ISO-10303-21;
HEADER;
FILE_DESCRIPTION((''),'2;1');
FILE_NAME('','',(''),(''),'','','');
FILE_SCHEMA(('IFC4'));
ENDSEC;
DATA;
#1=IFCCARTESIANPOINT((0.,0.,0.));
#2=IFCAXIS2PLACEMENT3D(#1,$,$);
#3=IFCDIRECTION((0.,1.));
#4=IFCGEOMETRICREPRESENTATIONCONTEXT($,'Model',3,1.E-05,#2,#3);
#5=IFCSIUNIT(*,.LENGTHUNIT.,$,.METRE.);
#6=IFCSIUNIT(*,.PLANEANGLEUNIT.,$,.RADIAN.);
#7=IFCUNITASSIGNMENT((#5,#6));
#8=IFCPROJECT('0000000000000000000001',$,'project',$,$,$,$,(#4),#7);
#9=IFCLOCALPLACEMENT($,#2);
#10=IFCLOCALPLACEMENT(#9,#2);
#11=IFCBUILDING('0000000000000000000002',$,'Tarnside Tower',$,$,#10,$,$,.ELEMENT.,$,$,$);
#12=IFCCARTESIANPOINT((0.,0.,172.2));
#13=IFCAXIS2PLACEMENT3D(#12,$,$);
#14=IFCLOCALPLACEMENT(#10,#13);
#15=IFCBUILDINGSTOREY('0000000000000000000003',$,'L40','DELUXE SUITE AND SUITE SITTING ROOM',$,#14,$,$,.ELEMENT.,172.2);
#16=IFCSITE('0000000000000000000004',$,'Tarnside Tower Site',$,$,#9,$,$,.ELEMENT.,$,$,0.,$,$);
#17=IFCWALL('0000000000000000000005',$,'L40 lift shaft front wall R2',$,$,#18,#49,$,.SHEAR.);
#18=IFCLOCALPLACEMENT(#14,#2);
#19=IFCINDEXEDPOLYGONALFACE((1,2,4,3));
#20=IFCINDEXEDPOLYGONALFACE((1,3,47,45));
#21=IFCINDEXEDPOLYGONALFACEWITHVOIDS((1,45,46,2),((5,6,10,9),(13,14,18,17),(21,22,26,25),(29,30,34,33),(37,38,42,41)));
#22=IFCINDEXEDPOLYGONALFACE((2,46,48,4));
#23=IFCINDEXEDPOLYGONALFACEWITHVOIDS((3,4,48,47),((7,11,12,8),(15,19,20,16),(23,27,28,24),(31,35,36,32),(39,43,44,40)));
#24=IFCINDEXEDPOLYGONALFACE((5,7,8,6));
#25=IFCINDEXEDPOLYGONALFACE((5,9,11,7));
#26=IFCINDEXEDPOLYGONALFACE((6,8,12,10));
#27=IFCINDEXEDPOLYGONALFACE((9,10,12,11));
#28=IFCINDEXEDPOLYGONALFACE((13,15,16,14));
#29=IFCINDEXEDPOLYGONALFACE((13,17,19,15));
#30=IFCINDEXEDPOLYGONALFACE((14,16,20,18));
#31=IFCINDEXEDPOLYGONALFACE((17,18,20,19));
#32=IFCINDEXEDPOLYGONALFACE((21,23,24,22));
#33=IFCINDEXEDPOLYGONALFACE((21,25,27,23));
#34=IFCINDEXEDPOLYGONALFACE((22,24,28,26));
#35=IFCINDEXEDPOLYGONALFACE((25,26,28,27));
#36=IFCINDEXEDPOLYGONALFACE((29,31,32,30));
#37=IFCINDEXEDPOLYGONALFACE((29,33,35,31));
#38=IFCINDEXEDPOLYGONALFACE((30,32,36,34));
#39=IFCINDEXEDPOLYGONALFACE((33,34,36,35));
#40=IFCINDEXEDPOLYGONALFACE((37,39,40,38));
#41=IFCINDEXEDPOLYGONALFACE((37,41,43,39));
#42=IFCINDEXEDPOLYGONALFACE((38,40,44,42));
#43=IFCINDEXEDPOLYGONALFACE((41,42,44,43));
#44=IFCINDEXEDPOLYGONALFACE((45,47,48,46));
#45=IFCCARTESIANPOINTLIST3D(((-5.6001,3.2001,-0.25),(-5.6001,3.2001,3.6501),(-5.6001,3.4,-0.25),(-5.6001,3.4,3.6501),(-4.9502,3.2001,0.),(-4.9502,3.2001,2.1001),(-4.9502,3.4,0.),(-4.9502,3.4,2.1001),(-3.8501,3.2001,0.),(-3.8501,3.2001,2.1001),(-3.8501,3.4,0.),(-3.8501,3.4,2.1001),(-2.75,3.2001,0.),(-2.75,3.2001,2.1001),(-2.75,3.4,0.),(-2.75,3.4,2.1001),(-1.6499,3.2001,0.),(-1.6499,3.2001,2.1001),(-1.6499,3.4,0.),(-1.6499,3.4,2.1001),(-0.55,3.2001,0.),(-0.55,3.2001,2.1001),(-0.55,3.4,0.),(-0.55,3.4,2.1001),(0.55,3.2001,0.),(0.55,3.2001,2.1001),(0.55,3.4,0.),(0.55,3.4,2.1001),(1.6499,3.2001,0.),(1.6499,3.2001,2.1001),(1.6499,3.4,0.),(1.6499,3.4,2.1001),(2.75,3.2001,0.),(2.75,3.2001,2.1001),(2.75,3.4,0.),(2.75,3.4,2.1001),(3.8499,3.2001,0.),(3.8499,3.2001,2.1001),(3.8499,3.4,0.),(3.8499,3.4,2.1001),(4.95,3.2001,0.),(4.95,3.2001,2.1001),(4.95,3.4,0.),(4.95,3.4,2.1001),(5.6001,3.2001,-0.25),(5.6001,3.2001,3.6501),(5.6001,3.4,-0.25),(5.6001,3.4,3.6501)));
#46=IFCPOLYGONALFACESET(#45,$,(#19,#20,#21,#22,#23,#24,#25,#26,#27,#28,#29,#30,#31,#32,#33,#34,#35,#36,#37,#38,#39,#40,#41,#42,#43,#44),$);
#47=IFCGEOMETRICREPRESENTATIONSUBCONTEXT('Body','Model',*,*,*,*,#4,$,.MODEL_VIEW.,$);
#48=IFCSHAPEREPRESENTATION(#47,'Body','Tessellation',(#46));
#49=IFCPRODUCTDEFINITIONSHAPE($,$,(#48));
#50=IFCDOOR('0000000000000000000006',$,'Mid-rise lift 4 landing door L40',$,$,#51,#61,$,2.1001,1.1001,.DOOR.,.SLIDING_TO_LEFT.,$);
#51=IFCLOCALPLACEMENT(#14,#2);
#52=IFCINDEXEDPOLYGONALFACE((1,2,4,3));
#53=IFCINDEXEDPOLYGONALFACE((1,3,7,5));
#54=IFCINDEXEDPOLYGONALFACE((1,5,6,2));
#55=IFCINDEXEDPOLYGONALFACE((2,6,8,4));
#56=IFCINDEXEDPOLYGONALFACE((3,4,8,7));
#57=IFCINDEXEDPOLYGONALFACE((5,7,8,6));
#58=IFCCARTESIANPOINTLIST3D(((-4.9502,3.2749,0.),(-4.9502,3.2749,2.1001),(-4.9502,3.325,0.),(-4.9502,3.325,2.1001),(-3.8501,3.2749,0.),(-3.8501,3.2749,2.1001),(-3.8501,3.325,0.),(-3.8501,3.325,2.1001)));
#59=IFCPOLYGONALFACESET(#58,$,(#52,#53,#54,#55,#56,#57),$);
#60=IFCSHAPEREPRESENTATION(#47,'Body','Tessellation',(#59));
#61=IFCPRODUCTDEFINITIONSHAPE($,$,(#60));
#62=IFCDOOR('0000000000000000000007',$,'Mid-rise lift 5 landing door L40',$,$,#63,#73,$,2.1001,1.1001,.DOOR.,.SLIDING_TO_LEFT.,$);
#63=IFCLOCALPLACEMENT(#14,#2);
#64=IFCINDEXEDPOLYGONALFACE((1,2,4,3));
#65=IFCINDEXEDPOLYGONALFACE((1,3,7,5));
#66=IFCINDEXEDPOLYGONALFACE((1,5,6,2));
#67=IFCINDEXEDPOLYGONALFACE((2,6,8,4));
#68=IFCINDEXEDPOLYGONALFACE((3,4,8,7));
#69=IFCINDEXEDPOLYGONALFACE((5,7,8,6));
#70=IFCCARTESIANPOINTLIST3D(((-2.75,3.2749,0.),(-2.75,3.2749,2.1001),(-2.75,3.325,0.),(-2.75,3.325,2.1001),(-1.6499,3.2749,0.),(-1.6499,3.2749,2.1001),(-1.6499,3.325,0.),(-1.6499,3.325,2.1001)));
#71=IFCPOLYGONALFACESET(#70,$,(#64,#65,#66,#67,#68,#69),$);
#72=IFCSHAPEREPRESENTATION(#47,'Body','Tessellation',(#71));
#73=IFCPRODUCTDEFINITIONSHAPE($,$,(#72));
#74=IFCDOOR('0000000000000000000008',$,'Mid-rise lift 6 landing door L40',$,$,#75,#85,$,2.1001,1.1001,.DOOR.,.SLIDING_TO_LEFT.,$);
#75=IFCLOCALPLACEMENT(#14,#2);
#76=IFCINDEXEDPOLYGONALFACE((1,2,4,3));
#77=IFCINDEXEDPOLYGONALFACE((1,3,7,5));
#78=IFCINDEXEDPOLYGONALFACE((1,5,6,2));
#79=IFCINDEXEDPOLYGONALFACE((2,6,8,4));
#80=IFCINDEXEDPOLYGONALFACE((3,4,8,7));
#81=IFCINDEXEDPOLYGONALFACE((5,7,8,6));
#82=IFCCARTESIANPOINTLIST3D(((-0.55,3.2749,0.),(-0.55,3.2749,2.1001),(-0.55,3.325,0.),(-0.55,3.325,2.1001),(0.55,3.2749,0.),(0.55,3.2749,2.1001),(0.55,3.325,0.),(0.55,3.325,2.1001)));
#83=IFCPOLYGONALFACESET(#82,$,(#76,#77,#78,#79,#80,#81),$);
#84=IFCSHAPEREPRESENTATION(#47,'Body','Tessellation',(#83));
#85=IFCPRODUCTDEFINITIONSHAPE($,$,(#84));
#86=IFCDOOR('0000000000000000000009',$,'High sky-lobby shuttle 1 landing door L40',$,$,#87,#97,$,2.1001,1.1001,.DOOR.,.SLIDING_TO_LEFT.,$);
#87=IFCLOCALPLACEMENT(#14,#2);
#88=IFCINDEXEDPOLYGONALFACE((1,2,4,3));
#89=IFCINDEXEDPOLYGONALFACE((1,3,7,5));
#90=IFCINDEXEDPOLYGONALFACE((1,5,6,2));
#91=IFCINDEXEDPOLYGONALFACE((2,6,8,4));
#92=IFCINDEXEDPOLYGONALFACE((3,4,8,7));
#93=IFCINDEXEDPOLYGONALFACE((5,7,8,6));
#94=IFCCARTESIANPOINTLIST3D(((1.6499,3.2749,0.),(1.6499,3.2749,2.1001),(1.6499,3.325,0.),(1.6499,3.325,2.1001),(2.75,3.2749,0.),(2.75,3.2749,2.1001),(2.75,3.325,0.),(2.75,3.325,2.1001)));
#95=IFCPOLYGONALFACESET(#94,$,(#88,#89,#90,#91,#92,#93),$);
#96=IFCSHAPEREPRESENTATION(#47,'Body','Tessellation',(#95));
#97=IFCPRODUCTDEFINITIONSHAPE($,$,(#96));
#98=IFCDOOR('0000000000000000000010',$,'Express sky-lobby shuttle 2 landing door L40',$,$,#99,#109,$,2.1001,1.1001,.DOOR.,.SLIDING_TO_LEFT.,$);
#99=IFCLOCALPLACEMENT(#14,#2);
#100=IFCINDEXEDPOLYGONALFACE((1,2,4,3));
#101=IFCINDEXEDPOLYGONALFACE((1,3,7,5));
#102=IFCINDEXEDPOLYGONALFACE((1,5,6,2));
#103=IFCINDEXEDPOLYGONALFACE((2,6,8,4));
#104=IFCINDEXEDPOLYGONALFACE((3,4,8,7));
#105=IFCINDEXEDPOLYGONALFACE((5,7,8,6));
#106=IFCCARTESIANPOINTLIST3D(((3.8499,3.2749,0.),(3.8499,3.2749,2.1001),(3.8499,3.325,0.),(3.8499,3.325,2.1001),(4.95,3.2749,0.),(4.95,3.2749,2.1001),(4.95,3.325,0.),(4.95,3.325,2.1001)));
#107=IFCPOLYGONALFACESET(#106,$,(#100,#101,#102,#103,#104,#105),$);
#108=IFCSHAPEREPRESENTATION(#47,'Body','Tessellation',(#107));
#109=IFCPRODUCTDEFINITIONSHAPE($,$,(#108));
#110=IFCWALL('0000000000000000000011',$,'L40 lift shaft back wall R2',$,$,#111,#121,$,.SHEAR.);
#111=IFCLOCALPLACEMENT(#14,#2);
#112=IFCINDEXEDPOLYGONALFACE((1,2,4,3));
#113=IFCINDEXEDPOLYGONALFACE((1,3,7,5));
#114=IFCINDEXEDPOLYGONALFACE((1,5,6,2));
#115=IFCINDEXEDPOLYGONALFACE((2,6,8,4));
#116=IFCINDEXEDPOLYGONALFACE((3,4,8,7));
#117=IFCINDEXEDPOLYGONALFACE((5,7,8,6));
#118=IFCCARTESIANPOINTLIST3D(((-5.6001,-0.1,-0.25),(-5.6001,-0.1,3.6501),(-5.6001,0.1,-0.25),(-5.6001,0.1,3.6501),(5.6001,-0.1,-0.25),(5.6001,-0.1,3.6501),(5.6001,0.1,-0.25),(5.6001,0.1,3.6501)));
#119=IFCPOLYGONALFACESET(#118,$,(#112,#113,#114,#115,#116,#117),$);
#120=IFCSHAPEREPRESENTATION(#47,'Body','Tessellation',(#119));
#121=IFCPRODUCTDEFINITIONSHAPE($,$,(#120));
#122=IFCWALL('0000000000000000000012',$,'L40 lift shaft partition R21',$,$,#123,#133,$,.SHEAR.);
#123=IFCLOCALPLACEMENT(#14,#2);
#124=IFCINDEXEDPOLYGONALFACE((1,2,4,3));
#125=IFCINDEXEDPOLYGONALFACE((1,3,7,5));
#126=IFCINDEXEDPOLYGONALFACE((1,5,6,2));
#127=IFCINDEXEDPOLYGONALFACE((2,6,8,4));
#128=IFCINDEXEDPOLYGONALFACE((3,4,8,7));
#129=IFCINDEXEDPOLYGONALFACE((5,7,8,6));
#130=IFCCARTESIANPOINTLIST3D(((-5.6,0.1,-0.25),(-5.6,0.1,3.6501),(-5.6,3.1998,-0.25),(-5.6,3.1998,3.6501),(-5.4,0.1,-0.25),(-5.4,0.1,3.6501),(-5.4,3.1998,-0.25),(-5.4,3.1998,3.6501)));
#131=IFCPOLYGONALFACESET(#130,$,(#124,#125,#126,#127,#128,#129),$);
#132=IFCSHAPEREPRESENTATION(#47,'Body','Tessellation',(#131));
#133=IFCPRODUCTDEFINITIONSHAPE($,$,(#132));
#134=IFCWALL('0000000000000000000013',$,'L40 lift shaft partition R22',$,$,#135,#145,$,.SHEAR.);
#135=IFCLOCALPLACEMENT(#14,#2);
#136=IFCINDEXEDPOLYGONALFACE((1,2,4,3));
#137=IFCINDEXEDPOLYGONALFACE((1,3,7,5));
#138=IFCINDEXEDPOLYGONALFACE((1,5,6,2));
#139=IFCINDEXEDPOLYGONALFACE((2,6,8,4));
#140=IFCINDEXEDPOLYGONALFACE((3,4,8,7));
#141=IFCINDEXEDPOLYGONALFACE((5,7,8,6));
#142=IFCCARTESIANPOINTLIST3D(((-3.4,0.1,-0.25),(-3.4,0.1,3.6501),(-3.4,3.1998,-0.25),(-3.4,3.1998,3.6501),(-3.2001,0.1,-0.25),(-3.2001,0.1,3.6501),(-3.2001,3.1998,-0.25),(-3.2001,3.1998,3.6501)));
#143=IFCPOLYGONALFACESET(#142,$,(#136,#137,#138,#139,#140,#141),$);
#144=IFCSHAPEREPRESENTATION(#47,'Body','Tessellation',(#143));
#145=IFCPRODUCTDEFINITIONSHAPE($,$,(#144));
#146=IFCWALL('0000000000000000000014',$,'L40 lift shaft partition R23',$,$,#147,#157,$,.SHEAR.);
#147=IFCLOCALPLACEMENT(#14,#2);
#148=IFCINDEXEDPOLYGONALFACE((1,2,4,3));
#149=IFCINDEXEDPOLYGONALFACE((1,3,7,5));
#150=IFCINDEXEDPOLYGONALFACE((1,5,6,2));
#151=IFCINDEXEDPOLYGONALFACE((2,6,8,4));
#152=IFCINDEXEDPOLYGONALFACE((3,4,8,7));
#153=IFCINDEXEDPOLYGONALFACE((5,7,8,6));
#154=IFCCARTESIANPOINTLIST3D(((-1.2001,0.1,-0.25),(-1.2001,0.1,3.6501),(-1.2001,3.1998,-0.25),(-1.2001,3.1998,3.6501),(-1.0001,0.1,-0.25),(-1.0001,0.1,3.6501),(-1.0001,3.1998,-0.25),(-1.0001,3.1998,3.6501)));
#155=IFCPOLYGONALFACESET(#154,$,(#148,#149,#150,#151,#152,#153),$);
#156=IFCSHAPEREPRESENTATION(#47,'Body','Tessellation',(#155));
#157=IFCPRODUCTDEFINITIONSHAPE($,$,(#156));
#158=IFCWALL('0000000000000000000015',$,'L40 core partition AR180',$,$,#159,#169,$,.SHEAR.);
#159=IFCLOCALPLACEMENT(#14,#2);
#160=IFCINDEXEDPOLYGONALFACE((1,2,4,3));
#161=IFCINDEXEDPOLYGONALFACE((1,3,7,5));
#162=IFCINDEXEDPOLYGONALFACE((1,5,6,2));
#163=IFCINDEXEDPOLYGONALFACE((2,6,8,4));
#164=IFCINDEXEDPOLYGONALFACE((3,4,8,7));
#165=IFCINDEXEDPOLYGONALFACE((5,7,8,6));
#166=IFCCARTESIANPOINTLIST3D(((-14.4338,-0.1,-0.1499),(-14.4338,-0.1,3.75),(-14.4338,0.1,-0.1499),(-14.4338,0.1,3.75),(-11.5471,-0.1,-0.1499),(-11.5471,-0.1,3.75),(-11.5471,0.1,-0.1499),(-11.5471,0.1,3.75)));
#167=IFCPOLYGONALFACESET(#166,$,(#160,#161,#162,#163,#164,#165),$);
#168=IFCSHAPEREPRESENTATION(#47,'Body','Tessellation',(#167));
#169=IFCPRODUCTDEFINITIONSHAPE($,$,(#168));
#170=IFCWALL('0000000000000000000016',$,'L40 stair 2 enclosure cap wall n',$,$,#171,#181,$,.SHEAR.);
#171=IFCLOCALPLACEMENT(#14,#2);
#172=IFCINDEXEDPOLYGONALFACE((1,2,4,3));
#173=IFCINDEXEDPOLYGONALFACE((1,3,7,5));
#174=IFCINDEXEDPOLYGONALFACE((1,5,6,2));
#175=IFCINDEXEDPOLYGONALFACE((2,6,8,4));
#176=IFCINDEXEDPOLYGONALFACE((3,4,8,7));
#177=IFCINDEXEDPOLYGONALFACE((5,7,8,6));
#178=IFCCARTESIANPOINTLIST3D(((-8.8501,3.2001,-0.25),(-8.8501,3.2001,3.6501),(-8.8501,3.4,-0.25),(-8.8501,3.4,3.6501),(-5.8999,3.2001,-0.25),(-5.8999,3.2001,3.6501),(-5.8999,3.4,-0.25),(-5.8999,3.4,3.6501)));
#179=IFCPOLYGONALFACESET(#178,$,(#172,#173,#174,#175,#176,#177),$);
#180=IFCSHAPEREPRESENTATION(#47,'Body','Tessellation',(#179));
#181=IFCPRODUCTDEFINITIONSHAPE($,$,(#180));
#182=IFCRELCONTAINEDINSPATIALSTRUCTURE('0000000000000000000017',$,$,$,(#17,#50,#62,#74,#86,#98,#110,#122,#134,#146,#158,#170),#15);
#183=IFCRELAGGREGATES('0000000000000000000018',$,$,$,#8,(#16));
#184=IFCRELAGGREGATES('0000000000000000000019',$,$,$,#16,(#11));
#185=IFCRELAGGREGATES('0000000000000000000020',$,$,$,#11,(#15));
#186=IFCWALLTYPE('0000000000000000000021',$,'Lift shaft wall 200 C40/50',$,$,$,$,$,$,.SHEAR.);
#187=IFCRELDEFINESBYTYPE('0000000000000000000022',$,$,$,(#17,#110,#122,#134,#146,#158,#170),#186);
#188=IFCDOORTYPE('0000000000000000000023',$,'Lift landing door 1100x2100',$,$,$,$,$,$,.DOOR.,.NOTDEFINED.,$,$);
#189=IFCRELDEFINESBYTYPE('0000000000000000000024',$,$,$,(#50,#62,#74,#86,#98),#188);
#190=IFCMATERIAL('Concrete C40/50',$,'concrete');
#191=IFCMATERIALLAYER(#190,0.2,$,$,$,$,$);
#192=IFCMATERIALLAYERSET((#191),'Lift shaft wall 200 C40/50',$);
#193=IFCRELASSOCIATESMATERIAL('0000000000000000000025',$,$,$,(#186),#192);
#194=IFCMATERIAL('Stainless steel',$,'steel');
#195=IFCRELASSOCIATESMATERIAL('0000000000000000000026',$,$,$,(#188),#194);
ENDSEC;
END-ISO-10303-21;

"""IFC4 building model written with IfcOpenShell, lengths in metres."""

from ifc_helpers import new_model, si_unit, direction, frame, frame_2d, origin, place, context, subcontext, project, spatial, rectangle, extrude, material, layer, layer_set, type_object, element, fill, save


model = new_model("IFC4")

# Units and contexts
model_context = context("Model", 3, precision=1e-05, world=origin(), true_north=direction((0.0, 1.0)))
body_context = subcontext(model_context, "Body", "Model", "MODEL_VIEW")
ifc_project = project(units=[si_unit("LENGTHUNIT", "METRE"), si_unit("PLANEANGLEUNIT", "RADIAN")], contexts=[model_context])

# Site, building, storey
site_placement = place(None, origin())
site = spatial("IfcSite", under=ifc_project, at=site_placement, Name="Tarnside Tower Site", CompositionType="ELEMENT", RefElevation=0.0)
building_placement = place(site_placement, origin())
building = spatial("IfcBuilding", under=site, at=building_placement, Name="Tarnside Tower", CompositionType="ELEMENT")
storey_placement = place(building_placement, frame((0.0, 0.0, 172.2)))
storey = spatial("IfcBuildingStorey", under=building, at=storey_placement, Name="L40", Description="DELUXE SUITE AND SUITE SITTING ROOM", CompositionType="ELEMENT", Elevation=172.2)

# Shared definitions
ifc_material_1 = material(Name="Concrete C40/50", Category="concrete")

# Shared definitions
ifc_layer_1 = layer(ifc_material_1, 0.2)
ifc_layer_set_1 = layer_set([ifc_layer_1], Name="Lift shaft wall 200 C40/50")
wall_type_1 = type_object("IfcWallType", Name="Lift shaft wall 200 C40/50", PredefinedType="SHEAR", material=ifc_layer_set_1)
ifc_material_2 = material(Name="Stainless steel", Category="steel")
door_type_1 = type_object("IfcDoorType", Name="Lift landing door 1100x2100", OperationType="NOTDEFINED", PredefinedType="DOOR", material=ifc_material_2)

# Wall, openings, doors
wall_1_placement = place(storey_placement, frame((-5.6001, 3.3, -0.25), z_axis=(0.0, 0.0, 1.0), x_axis=(1.0, 0.0, 0.0)))
wall_1 = element("IfcWall", 1, at=wall_1_placement, inside=storey, type_object=wall_type_1, Name="L40 lift shaft front wall R2", PredefinedType="SHEAR", context=body_context, shape_type="SweptSolid", body=[
    extrude(rectangle(XDim=11.2002, YDim=0.2, at=frame_2d((5.6001, 0.0))), origin(), (0.0, 0.0, 1.0), 3.9001),
])
opening_1_placement = place(wall_1_placement, frame((0.6499, 0.0, 0.25)))
opening_1 = element("IfcOpeningElement", 2, at=opening_1_placement, cuts=wall_1, PredefinedType="OPENING", context=body_context, shape_type="SweptSolid", body=[
    extrude(rectangle(XDim=1.1001, YDim=2.1001, at=frame_2d((0.55, 1.05))), frame((0.0, 0.1099, 0.0), z_axis=(0.0, -1.0, 0.0), x_axis=(1.0, 0.0, 0.0)), (0.0, 0.0, 1.0), 0.22),
])
opening_2_placement = place(wall_1_placement, frame((2.8501, 0.0, 0.25)))
opening_2 = element("IfcOpeningElement", 3, at=opening_2_placement, cuts=wall_1, PredefinedType="OPENING", context=body_context, shape_type="SweptSolid", body=[
    extrude(rectangle(XDim=1.1001, YDim=2.1001, at=frame_2d((0.55, 1.05))), frame((0.0, 0.1099, 0.0), z_axis=(0.0, -1.0, 0.0), x_axis=(1.0, 0.0, 0.0)), (0.0, 0.0, 1.0), 0.22),
])
opening_3_placement = place(wall_1_placement, frame((5.05, 0.0, 0.25)))
opening_3 = element("IfcOpeningElement", 4, at=opening_3_placement, cuts=wall_1, PredefinedType="OPENING", context=body_context, shape_type="SweptSolid", body=[
    extrude(rectangle(XDim=1.1001, YDim=2.1001, at=frame_2d((0.55, 1.05))), frame((0.0, 0.1099, 0.0), z_axis=(0.0, -1.0, 0.0), x_axis=(1.0, 0.0, 0.0)), (0.0, 0.0, 1.0), 0.22),
])
opening_4_placement = place(wall_1_placement, frame((7.25, 0.0, 0.25)))
opening_4 = element("IfcOpeningElement", 5, at=opening_4_placement, cuts=wall_1, PredefinedType="OPENING", context=body_context, shape_type="SweptSolid", body=[
    extrude(rectangle(XDim=1.1001, YDim=2.1001, at=frame_2d((0.55, 1.05))), frame((0.0, 0.1099, 0.0), z_axis=(0.0, -1.0, 0.0), x_axis=(1.0, 0.0, 0.0)), (0.0, 0.0, 1.0), 0.22),
])
opening_5_placement = place(wall_1_placement, frame((9.45, 0.0, 0.25)))
opening_5 = element("IfcOpeningElement", 6, at=opening_5_placement, cuts=wall_1, PredefinedType="OPENING", context=body_context, shape_type="SweptSolid", body=[
    extrude(rectangle(XDim=1.1001, YDim=2.1001, at=frame_2d((0.55, 1.05))), frame((0.0, 0.1099, 0.0), z_axis=(0.0, -1.0, 0.0), x_axis=(1.0, 0.0, 0.0)), (0.0, 0.0, 1.0), 0.22),
])
door_1_placement = place(opening_1_placement, origin())
door_1 = element("IfcDoor", 7, at=door_1_placement, inside=storey, type_object=door_type_1, Name="Mid-rise lift 4 landing door L40", OperationType="SLIDING_TO_LEFT", OverallHeight=2.1001, OverallWidth=1.1001, PredefinedType="DOOR", context=body_context, shape_type="SweptSolid", body=[
    extrude(rectangle(XDim=1.1001, YDim=2.1001, at=frame_2d((0.55, 1.05))), frame((0.0, 0.0249, 0.0), z_axis=(0.0, -1.0, 0.0), x_axis=(1.0, 0.0, 0.0)), (0.0, 0.0, 1.0), 0.05),
])
fill(opening_1, door_1)
door_2_placement = place(opening_2_placement, origin())
door_2 = element("IfcDoor", 8, at=door_2_placement, inside=storey, type_object=door_type_1, Name="Mid-rise lift 5 landing door L40", OperationType="SLIDING_TO_LEFT", OverallHeight=2.1001, OverallWidth=1.1001, PredefinedType="DOOR", context=body_context, shape_type="SweptSolid", body=[
    extrude(rectangle(XDim=1.1001, YDim=2.1001, at=frame_2d((0.55, 1.05))), frame((0.0, 0.0249, 0.0), z_axis=(0.0, -1.0, 0.0), x_axis=(1.0, 0.0, 0.0)), (0.0, 0.0, 1.0), 0.05),
])
fill(opening_2, door_2)
door_3_placement = place(opening_3_placement, origin())
door_3 = element("IfcDoor", 9, at=door_3_placement, inside=storey, type_object=door_type_1, Name="Mid-rise lift 6 landing door L40", OperationType="SLIDING_TO_LEFT", OverallHeight=2.1001, OverallWidth=1.1001, PredefinedType="DOOR", context=body_context, shape_type="SweptSolid", body=[
    extrude(rectangle(XDim=1.1001, YDim=2.1001, at=frame_2d((0.55, 1.05))), frame((0.0, 0.0249, 0.0), z_axis=(0.0, -1.0, 0.0), x_axis=(1.0, 0.0, 0.0)), (0.0, 0.0, 1.0), 0.05),
])
fill(opening_3, door_3)
door_4_placement = place(opening_4_placement, origin())
door_4 = element("IfcDoor", 10, at=door_4_placement, inside=storey, type_object=door_type_1, Name="High sky-lobby shuttle 1 landing door L40", OperationType="SLIDING_TO_LEFT", OverallHeight=2.1001, OverallWidth=1.1001, PredefinedType="DOOR", context=body_context, shape_type="SweptSolid", body=[
    extrude(rectangle(XDim=1.1001, YDim=2.1001, at=frame_2d((0.55, 1.05))), frame((0.0, 0.0249, 0.0), z_axis=(0.0, -1.0, 0.0), x_axis=(1.0, 0.0, 0.0)), (0.0, 0.0, 1.0), 0.05),
])
fill(opening_4, door_4)
door_5_placement = place(opening_5_placement, origin())
door_5 = element("IfcDoor", 11, at=door_5_placement, inside=storey, type_object=door_type_1, Name="Express sky-lobby shuttle 2 landing door L40", OperationType="SLIDING_TO_LEFT", OverallHeight=2.1001, OverallWidth=1.1001, PredefinedType="DOOR", context=body_context, shape_type="SweptSolid", body=[
    extrude(rectangle(XDim=1.1001, YDim=2.1001, at=frame_2d((0.55, 1.05))), frame((0.0, 0.0249, 0.0), z_axis=(0.0, -1.0, 0.0), x_axis=(1.0, 0.0, 0.0)), (0.0, 0.0, 1.0), 0.05),
])
fill(opening_5, door_5)

# Walls
wall_2_placement = place(storey_placement, frame((-5.6001, 0.0, -0.25), z_axis=(0.0, 0.0, 1.0), x_axis=(1.0, 0.0, 0.0)))
element("IfcWall", 12, at=wall_2_placement, inside=storey, type_object=wall_type_1, Name="L40 lift shaft back wall R2", PredefinedType="SHEAR", context=body_context, shape_type="SweptSolid", body=[
    extrude(rectangle(XDim=11.2002, YDim=0.2, at=frame_2d((5.6001, 0.0))), origin(), (0.0, 0.0, 1.0), 3.9001),
])
for number, where, z_axis, x_axis, name in (
    (13, (-5.5, 0.1001, -0.25), (0.0, 0.0, 1.0), (0.0, 1.0, 0.0), "L40 lift shaft partition R21"),
    (14, (-3.3, 0.1001, -0.25), (0.0, 0.0, 1.0), (0.0, 1.0, 0.0), "L40 lift shaft partition R22"),
    (15, (-1.1001, 0.1001, -0.25), (0.0, 0.0, 1.0), (0.0, 1.0, 0.0), "L40 lift shaft partition R23"),
):
    element("IfcWall", number, at=place(storey_placement, frame(where, z_axis=z_axis, x_axis=x_axis)), inside=storey, type_object=wall_type_1, Name=name, PredefinedType="SHEAR", context=body_context, shape_type="SweptSolid", body=[
        extrude(rectangle(XDim=3.0999, YDim=0.2, at=frame_2d((1.5498, 0.0))), origin(), (0.0, 0.0, 1.0), 3.9001),
    ])
wall_3_placement = place(storey_placement, frame((-11.5471, 0.0, -0.1499), z_axis=(0.0, 0.0, 1.0), x_axis=(-1.0, 0.0, 0.0)))
element("IfcWall", 16, at=wall_3_placement, inside=storey, type_object=wall_type_1, Name="L40 core partition AR180", PredefinedType="SHEAR", context=body_context, shape_type="SweptSolid", body=[
    extrude(rectangle(XDim=2.8867, YDim=0.2, at=frame_2d((1.4434, 0.0))), origin(), (0.0, 0.0, 1.0), 3.8999),
])
wall_4_placement = place(storey_placement, frame((-8.8501, 3.3, -0.25), z_axis=(0.0, 0.0, 1.0), x_axis=(1.0, 0.0, 0.0)))
element("IfcWall", 17, at=wall_4_placement, inside=storey, type_object=wall_type_1, Name="L40 stair 2 enclosure cap wall n", PredefinedType="SHEAR", context=body_context, shape_type="SweptSolid", body=[
    extrude(rectangle(XDim=2.9502, YDim=0.2, at=frame_2d((1.4751, 0.0))), origin(), (0.0, 0.0, 1.0), 3.9001),
])

save(model, "model.ifc")
